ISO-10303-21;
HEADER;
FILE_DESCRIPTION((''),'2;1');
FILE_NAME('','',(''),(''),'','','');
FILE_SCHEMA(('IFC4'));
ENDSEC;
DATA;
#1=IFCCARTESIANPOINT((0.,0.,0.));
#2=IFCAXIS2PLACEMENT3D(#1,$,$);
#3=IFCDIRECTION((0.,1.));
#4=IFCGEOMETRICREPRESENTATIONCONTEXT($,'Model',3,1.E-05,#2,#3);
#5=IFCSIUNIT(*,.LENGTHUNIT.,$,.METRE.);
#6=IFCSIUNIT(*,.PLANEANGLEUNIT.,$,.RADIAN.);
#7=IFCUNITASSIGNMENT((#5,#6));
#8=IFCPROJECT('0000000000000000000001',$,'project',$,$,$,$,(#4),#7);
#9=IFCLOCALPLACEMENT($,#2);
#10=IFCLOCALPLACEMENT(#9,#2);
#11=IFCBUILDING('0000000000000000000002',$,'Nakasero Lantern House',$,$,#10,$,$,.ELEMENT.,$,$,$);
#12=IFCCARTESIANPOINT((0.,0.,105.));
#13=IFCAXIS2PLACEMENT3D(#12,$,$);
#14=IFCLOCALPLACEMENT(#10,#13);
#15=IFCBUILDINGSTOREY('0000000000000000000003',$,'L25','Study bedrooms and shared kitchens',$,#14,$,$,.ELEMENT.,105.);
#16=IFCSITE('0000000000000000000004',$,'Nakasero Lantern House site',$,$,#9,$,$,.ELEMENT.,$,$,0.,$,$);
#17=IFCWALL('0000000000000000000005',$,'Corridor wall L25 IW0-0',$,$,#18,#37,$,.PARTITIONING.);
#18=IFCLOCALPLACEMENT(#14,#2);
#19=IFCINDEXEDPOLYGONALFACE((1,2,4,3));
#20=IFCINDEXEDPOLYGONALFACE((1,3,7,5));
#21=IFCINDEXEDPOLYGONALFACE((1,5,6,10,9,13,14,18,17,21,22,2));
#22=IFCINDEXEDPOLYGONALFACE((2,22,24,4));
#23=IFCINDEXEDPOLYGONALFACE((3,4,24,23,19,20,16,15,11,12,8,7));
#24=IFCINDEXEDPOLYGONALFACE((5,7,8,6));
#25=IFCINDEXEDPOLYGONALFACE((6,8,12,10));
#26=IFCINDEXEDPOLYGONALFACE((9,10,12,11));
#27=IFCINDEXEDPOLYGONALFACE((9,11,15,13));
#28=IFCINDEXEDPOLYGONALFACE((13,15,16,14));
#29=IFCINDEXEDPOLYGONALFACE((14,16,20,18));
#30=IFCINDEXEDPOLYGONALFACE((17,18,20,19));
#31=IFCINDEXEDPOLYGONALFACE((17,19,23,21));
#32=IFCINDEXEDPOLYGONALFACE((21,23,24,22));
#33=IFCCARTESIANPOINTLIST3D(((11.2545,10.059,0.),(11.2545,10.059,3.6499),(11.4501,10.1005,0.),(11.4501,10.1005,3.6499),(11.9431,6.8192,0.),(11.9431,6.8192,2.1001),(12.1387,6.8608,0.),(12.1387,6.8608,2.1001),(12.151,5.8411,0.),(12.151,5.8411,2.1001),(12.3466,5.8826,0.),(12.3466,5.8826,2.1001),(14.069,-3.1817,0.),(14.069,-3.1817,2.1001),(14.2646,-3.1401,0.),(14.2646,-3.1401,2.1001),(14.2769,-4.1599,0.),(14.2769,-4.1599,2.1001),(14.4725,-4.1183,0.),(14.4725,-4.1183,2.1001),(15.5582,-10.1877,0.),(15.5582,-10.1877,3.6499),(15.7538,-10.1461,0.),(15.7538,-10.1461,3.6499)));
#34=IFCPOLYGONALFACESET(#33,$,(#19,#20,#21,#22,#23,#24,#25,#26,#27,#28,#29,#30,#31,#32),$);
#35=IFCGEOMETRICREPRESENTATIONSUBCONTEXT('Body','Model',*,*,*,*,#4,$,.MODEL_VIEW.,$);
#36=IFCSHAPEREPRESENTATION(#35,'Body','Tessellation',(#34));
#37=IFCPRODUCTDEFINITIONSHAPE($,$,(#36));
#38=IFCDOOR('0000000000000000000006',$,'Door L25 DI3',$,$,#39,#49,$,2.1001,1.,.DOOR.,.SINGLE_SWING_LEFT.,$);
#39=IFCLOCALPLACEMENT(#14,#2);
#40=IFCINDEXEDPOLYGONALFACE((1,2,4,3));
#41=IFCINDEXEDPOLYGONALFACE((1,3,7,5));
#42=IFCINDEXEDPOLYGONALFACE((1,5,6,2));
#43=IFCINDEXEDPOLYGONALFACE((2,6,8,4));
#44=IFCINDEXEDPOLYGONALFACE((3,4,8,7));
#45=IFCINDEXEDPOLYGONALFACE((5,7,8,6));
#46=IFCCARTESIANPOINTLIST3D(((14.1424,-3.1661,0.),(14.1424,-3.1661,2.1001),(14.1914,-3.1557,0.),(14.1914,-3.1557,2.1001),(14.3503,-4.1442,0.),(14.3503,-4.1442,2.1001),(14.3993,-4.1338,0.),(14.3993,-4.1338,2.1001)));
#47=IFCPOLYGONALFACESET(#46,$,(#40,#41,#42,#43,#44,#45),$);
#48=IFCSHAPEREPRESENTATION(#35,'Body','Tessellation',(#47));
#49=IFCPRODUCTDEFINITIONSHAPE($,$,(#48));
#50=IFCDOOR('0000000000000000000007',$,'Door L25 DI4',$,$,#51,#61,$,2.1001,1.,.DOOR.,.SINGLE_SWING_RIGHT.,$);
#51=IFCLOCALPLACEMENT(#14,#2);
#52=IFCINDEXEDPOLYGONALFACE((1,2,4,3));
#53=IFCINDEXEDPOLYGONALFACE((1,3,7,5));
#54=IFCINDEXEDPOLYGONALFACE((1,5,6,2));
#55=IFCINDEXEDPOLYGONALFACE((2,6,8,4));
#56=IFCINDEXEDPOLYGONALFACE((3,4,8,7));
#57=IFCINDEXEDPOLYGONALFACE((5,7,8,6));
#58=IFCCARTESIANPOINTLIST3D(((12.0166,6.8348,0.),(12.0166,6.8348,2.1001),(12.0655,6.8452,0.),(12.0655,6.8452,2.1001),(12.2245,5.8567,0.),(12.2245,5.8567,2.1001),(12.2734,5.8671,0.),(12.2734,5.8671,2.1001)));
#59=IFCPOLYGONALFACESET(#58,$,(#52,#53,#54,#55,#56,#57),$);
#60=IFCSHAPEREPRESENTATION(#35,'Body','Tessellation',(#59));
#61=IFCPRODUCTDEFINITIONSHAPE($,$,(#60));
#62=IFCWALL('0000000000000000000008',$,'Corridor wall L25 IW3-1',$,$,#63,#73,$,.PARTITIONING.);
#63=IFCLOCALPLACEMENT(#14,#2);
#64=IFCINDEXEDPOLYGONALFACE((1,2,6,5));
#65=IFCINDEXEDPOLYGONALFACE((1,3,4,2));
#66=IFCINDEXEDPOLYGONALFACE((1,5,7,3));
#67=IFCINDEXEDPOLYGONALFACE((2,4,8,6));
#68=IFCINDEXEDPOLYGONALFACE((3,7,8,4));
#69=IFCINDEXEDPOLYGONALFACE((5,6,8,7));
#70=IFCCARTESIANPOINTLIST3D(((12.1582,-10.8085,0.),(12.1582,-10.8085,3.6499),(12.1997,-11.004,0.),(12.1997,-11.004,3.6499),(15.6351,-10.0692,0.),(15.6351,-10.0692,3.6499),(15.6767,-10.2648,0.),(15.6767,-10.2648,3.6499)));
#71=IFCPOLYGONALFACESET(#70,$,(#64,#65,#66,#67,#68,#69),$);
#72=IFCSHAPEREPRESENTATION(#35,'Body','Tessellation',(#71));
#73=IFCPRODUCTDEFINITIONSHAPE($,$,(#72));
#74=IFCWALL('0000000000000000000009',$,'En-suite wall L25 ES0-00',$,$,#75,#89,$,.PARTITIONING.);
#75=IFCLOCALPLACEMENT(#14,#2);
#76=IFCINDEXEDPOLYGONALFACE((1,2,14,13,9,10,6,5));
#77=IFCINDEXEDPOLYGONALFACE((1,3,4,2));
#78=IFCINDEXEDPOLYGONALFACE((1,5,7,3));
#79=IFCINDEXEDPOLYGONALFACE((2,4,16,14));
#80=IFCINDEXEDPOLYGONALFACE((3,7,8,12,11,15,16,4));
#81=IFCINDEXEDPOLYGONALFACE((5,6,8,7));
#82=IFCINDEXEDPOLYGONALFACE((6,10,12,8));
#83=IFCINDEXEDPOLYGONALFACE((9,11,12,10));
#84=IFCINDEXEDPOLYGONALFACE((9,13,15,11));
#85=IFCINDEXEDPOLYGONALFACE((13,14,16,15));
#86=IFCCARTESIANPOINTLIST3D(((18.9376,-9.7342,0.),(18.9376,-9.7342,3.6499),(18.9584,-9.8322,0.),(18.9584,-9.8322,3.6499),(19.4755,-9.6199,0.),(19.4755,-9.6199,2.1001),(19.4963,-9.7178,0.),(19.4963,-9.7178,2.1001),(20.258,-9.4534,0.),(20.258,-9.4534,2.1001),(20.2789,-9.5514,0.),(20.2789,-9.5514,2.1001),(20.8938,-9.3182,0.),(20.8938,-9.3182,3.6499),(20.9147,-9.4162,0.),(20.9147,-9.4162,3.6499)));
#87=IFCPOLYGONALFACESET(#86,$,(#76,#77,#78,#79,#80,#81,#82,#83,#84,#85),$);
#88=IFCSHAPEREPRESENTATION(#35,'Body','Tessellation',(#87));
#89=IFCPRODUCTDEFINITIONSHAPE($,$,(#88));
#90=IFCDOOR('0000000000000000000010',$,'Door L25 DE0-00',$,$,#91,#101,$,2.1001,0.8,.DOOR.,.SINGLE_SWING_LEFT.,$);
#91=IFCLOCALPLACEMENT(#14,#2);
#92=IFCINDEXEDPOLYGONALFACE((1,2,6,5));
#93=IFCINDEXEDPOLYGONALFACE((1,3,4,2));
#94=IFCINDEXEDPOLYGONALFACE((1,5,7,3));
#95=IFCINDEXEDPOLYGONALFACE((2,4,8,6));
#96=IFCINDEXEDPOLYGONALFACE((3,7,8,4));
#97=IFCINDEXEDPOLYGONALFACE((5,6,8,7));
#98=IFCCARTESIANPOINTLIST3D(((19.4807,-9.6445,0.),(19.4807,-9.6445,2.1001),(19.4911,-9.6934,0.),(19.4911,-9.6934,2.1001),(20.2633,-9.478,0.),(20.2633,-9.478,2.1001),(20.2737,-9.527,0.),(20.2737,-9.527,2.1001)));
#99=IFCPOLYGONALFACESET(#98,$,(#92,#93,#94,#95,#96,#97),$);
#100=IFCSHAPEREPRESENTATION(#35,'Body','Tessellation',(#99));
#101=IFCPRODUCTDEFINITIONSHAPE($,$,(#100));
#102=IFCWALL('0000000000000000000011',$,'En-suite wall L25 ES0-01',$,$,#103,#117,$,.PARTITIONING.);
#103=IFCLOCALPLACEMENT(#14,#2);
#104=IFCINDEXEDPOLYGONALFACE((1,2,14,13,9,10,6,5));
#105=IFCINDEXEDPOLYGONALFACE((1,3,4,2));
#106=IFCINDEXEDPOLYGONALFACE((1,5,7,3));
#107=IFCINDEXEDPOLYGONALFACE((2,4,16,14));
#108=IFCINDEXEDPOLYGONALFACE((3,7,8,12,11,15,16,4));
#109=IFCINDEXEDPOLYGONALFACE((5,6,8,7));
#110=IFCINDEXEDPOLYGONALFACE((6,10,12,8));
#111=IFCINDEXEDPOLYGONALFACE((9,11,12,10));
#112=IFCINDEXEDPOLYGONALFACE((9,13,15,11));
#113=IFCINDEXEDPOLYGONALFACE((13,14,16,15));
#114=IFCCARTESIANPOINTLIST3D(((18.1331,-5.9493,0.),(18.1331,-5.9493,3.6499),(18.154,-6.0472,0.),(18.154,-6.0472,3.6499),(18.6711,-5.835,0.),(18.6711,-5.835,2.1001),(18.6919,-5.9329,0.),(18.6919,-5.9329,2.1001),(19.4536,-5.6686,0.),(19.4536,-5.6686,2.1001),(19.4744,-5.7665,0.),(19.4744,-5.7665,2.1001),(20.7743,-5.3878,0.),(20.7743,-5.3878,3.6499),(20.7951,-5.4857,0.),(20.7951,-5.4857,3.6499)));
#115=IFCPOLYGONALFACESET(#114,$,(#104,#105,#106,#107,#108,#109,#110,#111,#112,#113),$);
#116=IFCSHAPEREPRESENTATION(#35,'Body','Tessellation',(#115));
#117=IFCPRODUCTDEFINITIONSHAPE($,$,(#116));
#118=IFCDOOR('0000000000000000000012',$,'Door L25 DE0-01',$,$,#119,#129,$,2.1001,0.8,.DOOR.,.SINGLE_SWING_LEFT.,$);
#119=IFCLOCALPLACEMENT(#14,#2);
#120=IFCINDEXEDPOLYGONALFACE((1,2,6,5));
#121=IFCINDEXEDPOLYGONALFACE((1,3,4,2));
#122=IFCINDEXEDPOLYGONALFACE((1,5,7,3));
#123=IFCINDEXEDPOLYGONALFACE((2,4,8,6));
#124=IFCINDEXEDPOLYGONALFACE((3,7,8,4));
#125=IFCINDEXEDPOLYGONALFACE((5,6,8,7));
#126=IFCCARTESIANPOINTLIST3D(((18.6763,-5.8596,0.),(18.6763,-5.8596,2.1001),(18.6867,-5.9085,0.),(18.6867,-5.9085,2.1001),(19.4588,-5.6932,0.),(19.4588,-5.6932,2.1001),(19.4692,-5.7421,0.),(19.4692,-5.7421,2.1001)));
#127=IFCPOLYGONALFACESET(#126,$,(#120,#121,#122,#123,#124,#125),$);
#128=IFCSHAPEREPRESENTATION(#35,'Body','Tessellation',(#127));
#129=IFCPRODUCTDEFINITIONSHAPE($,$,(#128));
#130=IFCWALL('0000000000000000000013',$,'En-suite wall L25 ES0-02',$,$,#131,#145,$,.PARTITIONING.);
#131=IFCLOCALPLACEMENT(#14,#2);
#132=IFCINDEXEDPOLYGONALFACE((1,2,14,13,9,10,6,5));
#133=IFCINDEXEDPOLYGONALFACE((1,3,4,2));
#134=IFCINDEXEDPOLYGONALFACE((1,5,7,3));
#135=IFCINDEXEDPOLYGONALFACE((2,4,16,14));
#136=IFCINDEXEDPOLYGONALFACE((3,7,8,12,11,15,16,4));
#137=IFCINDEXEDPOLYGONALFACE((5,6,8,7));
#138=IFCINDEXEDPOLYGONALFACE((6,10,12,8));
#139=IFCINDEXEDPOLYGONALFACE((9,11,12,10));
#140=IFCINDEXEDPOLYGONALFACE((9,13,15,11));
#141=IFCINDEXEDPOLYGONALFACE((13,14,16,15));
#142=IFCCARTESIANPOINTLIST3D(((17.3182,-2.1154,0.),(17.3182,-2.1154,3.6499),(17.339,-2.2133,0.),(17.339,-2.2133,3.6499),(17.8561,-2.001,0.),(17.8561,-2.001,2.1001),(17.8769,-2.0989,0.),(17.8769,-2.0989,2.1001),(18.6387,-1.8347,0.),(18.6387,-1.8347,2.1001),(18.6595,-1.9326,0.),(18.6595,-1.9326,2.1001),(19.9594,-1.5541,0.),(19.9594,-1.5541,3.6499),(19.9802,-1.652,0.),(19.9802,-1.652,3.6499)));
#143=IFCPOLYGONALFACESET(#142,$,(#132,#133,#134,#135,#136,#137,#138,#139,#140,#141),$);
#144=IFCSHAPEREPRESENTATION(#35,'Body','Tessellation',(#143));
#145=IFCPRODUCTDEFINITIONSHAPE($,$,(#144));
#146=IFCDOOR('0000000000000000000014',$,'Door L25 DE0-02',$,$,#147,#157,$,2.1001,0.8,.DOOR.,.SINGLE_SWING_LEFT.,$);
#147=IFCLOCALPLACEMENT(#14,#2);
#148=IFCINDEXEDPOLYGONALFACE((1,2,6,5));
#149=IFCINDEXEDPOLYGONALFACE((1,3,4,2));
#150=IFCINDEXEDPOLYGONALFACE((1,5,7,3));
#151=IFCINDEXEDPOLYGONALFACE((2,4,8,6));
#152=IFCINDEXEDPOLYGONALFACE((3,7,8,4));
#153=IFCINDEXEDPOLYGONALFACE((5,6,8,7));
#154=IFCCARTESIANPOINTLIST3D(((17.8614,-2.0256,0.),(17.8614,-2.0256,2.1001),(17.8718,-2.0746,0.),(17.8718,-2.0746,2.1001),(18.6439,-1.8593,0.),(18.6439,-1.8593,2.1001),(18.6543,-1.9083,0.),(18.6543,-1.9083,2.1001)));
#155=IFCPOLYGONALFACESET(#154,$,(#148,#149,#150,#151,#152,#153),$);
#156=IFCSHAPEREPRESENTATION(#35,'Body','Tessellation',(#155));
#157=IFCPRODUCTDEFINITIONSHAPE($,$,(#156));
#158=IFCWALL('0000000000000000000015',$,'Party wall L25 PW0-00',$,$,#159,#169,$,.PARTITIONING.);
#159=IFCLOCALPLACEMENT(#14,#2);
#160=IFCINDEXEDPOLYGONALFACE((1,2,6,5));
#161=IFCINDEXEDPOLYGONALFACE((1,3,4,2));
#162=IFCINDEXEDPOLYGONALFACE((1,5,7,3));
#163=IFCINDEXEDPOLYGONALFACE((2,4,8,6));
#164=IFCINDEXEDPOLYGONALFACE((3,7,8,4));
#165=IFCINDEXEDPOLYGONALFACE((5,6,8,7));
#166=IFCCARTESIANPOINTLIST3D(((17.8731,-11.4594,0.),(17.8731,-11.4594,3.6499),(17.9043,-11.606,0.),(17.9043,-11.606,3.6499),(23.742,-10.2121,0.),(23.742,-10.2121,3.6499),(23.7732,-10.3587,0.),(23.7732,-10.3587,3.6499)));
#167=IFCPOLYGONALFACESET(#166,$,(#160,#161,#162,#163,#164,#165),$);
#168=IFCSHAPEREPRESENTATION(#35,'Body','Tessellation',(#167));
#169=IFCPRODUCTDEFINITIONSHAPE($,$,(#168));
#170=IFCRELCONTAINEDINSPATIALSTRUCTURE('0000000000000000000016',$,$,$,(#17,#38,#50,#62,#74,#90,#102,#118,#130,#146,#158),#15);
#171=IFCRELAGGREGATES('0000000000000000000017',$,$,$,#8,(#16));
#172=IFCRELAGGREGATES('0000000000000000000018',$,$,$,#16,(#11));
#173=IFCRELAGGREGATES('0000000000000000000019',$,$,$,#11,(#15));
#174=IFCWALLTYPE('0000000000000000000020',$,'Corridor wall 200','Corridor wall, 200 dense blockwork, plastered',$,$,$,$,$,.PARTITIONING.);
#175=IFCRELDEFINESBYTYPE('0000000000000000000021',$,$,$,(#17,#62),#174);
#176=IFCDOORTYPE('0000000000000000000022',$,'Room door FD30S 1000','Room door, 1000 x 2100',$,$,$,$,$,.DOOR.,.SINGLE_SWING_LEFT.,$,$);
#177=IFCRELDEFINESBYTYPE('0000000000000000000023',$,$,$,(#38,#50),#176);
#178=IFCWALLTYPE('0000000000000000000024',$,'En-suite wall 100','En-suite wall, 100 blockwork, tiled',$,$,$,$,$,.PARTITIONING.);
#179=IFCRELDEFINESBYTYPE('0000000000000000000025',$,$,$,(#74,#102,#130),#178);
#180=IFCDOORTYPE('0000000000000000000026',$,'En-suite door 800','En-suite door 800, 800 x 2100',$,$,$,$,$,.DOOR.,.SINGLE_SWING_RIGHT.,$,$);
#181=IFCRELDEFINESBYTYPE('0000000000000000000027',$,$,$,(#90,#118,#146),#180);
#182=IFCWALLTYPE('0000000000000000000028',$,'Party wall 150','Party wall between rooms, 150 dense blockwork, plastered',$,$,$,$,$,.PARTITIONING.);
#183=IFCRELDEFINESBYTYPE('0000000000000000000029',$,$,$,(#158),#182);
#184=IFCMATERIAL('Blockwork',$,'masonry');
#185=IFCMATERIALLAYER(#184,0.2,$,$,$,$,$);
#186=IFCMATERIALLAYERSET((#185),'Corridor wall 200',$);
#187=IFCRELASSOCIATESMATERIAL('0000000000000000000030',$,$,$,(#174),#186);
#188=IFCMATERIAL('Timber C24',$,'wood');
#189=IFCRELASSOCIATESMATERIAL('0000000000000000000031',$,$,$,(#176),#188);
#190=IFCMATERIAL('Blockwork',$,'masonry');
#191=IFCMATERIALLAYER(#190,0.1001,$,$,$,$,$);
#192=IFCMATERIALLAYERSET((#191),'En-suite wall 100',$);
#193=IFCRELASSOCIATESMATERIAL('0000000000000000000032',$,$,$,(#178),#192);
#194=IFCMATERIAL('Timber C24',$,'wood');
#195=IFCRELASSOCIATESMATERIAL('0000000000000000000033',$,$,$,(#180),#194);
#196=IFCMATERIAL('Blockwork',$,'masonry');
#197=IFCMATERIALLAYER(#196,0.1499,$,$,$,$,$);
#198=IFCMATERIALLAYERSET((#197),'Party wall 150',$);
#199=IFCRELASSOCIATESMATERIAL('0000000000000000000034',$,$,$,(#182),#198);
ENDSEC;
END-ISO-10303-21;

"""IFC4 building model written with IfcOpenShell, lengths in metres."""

from ifc_helpers import new_model, si_unit, direction, frame, frame_2d, origin, place, context, subcontext, project, spatial, rectangle, extrude, material, layer, layer_set, type_object, element, fill, save


model = new_model("IFC4")

# Units and contexts
model_context = context("Model", 3, precision=1e-05, world=origin(), true_north=direction((0.0, 1.0)))
body_context = subcontext(model_context, "Body", "Model", "MODEL_VIEW")
ifc_project = project(units=[si_unit("LENGTHUNIT", "METRE"), si_unit("PLANEANGLEUNIT", "RADIAN")], contexts=[model_context])

# Site, building, storey
site_placement = place(None, origin())
site = spatial("IfcSite", under=ifc_project, at=site_placement, Name="Nakasero Lantern House site", CompositionType="ELEMENT", RefElevation=0.0)
building_placement = place(site_placement, origin())
building = spatial("IfcBuilding", under=site, at=building_placement, Name="Nakasero Lantern House", CompositionType="ELEMENT")
storey_placement = place(building_placement, frame((0.0, 0.0, 105.0)))
storey = spatial("IfcBuildingStorey", under=building, at=storey_placement, Name="L25", Description="Study bedrooms and shared kitchens", CompositionType="ELEMENT", Elevation=105.0)

# Wall, openings, doors
ifc_material_1 = material(Name="Blockwork", Category="masonry")
ifc_layer_1 = layer(ifc_material_1, 0.2)
ifc_layer_set_1 = layer_set([ifc_layer_1], Name="Corridor wall 200")
wall_type_1 = type_object("IfcWallType", Name="Corridor wall 200", Description="Corridor wall, 200 dense blockwork, plastered", PredefinedType="PARTITIONING", material=ifc_layer_set_1)
wall_1_placement = place(storey_placement, frame((15.656, -10.167, 0.0), z_axis=(0.0, 0.0, 1.0), x_axis=(-0.207919, 0.978146, 0.0)))
wall_1 = element("IfcWall", 1, at=wall_1_placement, inside=storey, type_object=wall_type_1, Name="Corridor wall L25 IW0-0", PredefinedType="PARTITIONING", context=body_context, shape_type="SweptSolid", body=[
    extrude(rectangle(XDim=20.699, YDim=0.2, at=frame_2d((10.3496, 0.0))), origin(), (0.0, 0.0, 1.0), 3.6499),
])
opening_1_placement = place(wall_1_placement, frame((6.1626, 0.0, 0.0)))
opening_1 = element("IfcOpeningElement", 2, at=opening_1_placement, cuts=wall_1, PredefinedType="OPENING", context=body_context, shape_type="SweptSolid", body=[
    extrude(rectangle(XDim=1.0, YDim=2.1001, at=frame_2d((0.5, 1.05))), frame((0.0, 0.1199, 0.0), z_axis=(0.0, -1.0, 0.0), x_axis=(1.0, 0.0, 0.0)), (0.0, 0.0, 1.0), 0.24),
])
opening_2_placement = place(wall_1_placement, frame((16.387, 0.0, 0.0)))
opening_2 = element("IfcOpeningElement", 3, at=opening_2_placement, cuts=wall_1, PredefinedType="OPENING", context=body_context, shape_type="SweptSolid", body=[
    extrude(rectangle(XDim=1.0, YDim=2.1001, at=frame_2d((0.5, 1.05))), frame((0.0, 0.1199, 0.0), z_axis=(0.0, -1.0, 0.0), x_axis=(1.0, 0.0, 0.0)), (0.0, 0.0, 1.0), 0.24),
])
ifc_material_2 = material(Name="Timber C24", Category="wood")
door_type_1 = type_object("IfcDoorType", Name="Room door FD30S 1000", Description="Room door, 1000 x 2100", OperationType="SINGLE_SWING_LEFT", PredefinedType="DOOR", material=ifc_material_2)
door_1_placement = place(opening_1_placement, origin())
door_1 = element("IfcDoor", 4, at=door_1_placement, inside=storey, type_object=door_type_1, Name="Door L25 DI3", OperationType="SINGLE_SWING_LEFT", OverallHeight=2.1001, OverallWidth=1.0, PredefinedType="DOOR", context=body_context, shape_type="SweptSolid", body=[
    extrude(rectangle(XDim=1.0, YDim=2.1001, at=frame_2d((0.5, 1.05))), frame((0.0, 0.0249, 0.0), z_axis=(0.0, -1.0, 0.0), x_axis=(1.0, 0.0, 0.0)), (0.0, 0.0, 1.0), 0.05),
])
fill(opening_1, door_1)
door_2_placement = place(opening_2_placement, origin())
door_2 = element("IfcDoor", 5, at=door_2_placement, inside=storey, type_object=door_type_1, Name="Door L25 DI4", OperationType="SINGLE_SWING_RIGHT", OverallHeight=2.1001, OverallWidth=1.0, PredefinedType="DOOR", context=body_context, shape_type="SweptSolid", body=[
    extrude(rectangle(XDim=1.0, YDim=2.1001, at=frame_2d((0.5, 1.05))), frame((0.0, 0.0249, 0.0), z_axis=(0.0, -1.0, 0.0), x_axis=(1.0, 0.0, 0.0)), (0.0, 0.0, 1.0), 0.05),
])
fill(opening_2, door_2)

# Wall
wall_2_placement = place(storey_placement, frame((12.179, -10.9062, 0.0), z_axis=(0.0, 0.0, 1.0), x_axis=(0.978137, 0.207962, 0.0)))
element("IfcWall", 6, at=wall_2_placement, inside=storey, type_object=wall_type_1, Name="Corridor wall L25 IW3-1", PredefinedType="PARTITIONING", context=body_context, shape_type="SweptSolid", body=[
    extrude(rectangle(XDim=3.5547, YDim=0.2, at=frame_2d((1.7773, 0.0))), origin(), (0.0, 0.0, 1.0), 3.6499),
])

# Walls, openings, doors
ifc_material_3 = material(Name="Blockwork", Category="masonry")
ifc_layer_2 = layer(ifc_material_3, 0.1001)
ifc_layer_set_2 = layer_set([ifc_layer_2], Name="En-suite wall 100")
wall_type_2 = type_object("IfcWallType", Name="En-suite wall 100", Description="En-suite wall, 100 blockwork, tiled", PredefinedType="PARTITIONING", material=ifc_layer_set_2)
wall_3_placement = place(storey_placement, frame((18.948, -9.7832, 0.0), z_axis=(0.0, 0.0, 1.0), x_axis=(0.978128, 0.208003, 0.0)))
wall_3 = element("IfcWall", 7, at=wall_3_placement, inside=storey, type_object=wall_type_2, Name="En-suite wall L25 ES0-00", PredefinedType="PARTITIONING", context=body_context, shape_type="SweptSolid", body=[
    extrude(rectangle(XDim=2.0, YDim=0.1001, at=frame_2d((1.0, 0.0))), origin(), (0.0, 0.0, 1.0), 3.6499),
])
opening_3_placement = place(wall_3_placement, frame((0.55, 0.0, 0.0)))
opening_3 = element("IfcOpeningElement", 8, at=opening_3_placement, cuts=wall_3, PredefinedType="OPENING", context=body_context, shape_type="SweptSolid", body=[
    extrude(rectangle(XDim=0.8, YDim=2.1001, at=frame_2d((0.3999, 1.05))), frame((0.0, 0.0701, 0.0), z_axis=(0.0, -1.0, 0.0), x_axis=(1.0, 0.0, 0.0)), (0.0, 0.0, 1.0), 0.1401),
])
ifc_material_4 = material(Name="Timber C24", Category="wood")
door_type_2 = type_object("IfcDoorType", Name="En-suite door 800", Description="En-suite door 800, 800 x 2100", OperationType="SINGLE_SWING_RIGHT", PredefinedType="DOOR", material=ifc_material_4)
door_3_placement = place(opening_3_placement, origin())
door_3 = element("IfcDoor", 9, at=door_3_placement, inside=storey, type_object=door_type_2, Name="Door L25 DE0-00", OperationType="SINGLE_SWING_LEFT", OverallHeight=2.1001, OverallWidth=0.8, PredefinedType="DOOR", context=body_context, shape_type="SweptSolid", body=[
    extrude(rectangle(XDim=0.8, YDim=2.1001, at=frame_2d((0.3999, 1.05))), frame((0.0, 0.0249, 0.0), z_axis=(0.0, -1.0, 0.0), x_axis=(1.0, 0.0, 0.0)), (0.0, 0.0, 1.0), 0.05),
])
fill(opening_3, door_3)
wall_4_placement = place(storey_placement, frame((18.1436, -5.9983, 0.0), z_axis=(0.0, 0.0, 1.0), x_axis=(0.978137, 0.20796, 0.0)))
wall_4 = element("IfcWall", 10, at=wall_4_placement, inside=storey, type_object=wall_type_2, Name="En-suite wall L25 ES0-01", PredefinedType="PARTITIONING", context=body_context, shape_type="SweptSolid", body=[
    extrude(rectangle(XDim=2.7002, YDim=0.1001, at=frame_2d((1.3501, 0.0))), origin(), (0.0, 0.0, 1.0), 3.6499),
])
opening_4_placement = place(wall_4_placement, frame((0.55, 0.0, 0.0)))
opening_4 = element("IfcOpeningElement", 11, at=opening_4_placement, cuts=wall_4, PredefinedType="OPENING", context=body_context, shape_type="SweptSolid", body=[
    extrude(rectangle(XDim=0.8, YDim=2.1001, at=frame_2d((0.3999, 1.05))), frame((0.0, 0.0701, 0.0), z_axis=(0.0, -1.0, 0.0), x_axis=(1.0, 0.0, 0.0)), (0.0, 0.0, 1.0), 0.1401),
])
door_4_placement = place(opening_4_placement, origin())
door_4 = element("IfcDoor", 12, at=door_4_placement, inside=storey, type_object=door_type_2, Name="Door L25 DE0-01", OperationType="SINGLE_SWING_LEFT", OverallHeight=2.1001, OverallWidth=0.8, PredefinedType="DOOR", context=body_context, shape_type="SweptSolid", body=[
    extrude(rectangle(XDim=0.8, YDim=2.1001, at=frame_2d((0.3999, 1.05))), frame((0.0, 0.0249, 0.0), z_axis=(0.0, -1.0, 0.0), x_axis=(1.0, 0.0, 0.0)), (0.0, 0.0, 1.0), 0.05),
])
fill(opening_4, door_4)
wall_5_placement = place(storey_placement, frame((17.3286, -2.1643, 0.0), z_axis=(0.0, 0.0, 1.0), x_axis=(0.978156, 0.207874, 0.0)))
wall_5 = element("IfcWall", 13, at=wall_5_placement, inside=storey, type_object=wall_type_2, Name="En-suite wall L25 ES0-02", PredefinedType="PARTITIONING", context=body_context, shape_type="SweptSolid", body=[
    extrude(rectangle(XDim=2.7002, YDim=0.1001, at=frame_2d((1.3501, 0.0))), origin(), (0.0, 0.0, 1.0), 3.6499),
])
opening_5_placement = place(wall_5_placement, frame((0.55, 0.0, 0.0)))
opening_5 = element("IfcOpeningElement", 14, at=opening_5_placement, cuts=wall_5, PredefinedType="OPENING", context=body_context, shape_type="SweptSolid", body=[
    extrude(rectangle(XDim=0.8, YDim=2.1001, at=frame_2d((0.3999, 1.05))), frame((0.0, 0.0701, 0.0), z_axis=(0.0, -1.0, 0.0), x_axis=(1.0, 0.0, 0.0)), (0.0, 0.0, 1.0), 0.1401),
])
door_5_placement = place(opening_5_placement, origin())
door_5 = element("IfcDoor", 15, at=door_5_placement, inside=storey, type_object=door_type_2, Name="Door L25 DE0-02", OperationType="SINGLE_SWING_LEFT", OverallHeight=2.1001, OverallWidth=0.8, PredefinedType="DOOR", context=body_context, shape_type="SweptSolid", body=[
    extrude(rectangle(XDim=0.8, YDim=2.1001, at=frame_2d((0.3999, 1.05))), frame((0.0, 0.0249, 0.0), z_axis=(0.0, -1.0, 0.0), x_axis=(1.0, 0.0, 0.0)), (0.0, 0.0, 1.0), 0.05),
])
fill(opening_5, door_5)

# Wall
ifc_material_5 = material(Name="Blockwork", Category="masonry")
ifc_layer_3 = layer(ifc_material_5, 0.1499)
ifc_layer_set_3 = layer_set([ifc_layer_3], Name="Party wall 150")
wall_type_3 = type_object("IfcWallType", Name="Party wall 150", Description="Party wall between rooms, 150 dense blockwork, plastered", PredefinedType="PARTITIONING", material=ifc_layer_set_3)
wall_6_placement = place(storey_placement, frame((17.8887, -11.5327, 0.0), z_axis=(0.0, 0.0, 1.0), x_axis=(0.978153, 0.207886, 0.0)))
element("IfcWall", 16, at=wall_6_placement, inside=storey, type_object=wall_type_3, Name="Party wall L25 PW0-00", PredefinedType="PARTITIONING", context=body_context, shape_type="SweptSolid", body=[
    extrude(rectangle(XDim=6.0, YDim=0.1499, at=frame_2d((3.0, 0.0))), origin(), (0.0, 0.0, 1.0), 3.6499),
])

save(model, "model.ifc")
